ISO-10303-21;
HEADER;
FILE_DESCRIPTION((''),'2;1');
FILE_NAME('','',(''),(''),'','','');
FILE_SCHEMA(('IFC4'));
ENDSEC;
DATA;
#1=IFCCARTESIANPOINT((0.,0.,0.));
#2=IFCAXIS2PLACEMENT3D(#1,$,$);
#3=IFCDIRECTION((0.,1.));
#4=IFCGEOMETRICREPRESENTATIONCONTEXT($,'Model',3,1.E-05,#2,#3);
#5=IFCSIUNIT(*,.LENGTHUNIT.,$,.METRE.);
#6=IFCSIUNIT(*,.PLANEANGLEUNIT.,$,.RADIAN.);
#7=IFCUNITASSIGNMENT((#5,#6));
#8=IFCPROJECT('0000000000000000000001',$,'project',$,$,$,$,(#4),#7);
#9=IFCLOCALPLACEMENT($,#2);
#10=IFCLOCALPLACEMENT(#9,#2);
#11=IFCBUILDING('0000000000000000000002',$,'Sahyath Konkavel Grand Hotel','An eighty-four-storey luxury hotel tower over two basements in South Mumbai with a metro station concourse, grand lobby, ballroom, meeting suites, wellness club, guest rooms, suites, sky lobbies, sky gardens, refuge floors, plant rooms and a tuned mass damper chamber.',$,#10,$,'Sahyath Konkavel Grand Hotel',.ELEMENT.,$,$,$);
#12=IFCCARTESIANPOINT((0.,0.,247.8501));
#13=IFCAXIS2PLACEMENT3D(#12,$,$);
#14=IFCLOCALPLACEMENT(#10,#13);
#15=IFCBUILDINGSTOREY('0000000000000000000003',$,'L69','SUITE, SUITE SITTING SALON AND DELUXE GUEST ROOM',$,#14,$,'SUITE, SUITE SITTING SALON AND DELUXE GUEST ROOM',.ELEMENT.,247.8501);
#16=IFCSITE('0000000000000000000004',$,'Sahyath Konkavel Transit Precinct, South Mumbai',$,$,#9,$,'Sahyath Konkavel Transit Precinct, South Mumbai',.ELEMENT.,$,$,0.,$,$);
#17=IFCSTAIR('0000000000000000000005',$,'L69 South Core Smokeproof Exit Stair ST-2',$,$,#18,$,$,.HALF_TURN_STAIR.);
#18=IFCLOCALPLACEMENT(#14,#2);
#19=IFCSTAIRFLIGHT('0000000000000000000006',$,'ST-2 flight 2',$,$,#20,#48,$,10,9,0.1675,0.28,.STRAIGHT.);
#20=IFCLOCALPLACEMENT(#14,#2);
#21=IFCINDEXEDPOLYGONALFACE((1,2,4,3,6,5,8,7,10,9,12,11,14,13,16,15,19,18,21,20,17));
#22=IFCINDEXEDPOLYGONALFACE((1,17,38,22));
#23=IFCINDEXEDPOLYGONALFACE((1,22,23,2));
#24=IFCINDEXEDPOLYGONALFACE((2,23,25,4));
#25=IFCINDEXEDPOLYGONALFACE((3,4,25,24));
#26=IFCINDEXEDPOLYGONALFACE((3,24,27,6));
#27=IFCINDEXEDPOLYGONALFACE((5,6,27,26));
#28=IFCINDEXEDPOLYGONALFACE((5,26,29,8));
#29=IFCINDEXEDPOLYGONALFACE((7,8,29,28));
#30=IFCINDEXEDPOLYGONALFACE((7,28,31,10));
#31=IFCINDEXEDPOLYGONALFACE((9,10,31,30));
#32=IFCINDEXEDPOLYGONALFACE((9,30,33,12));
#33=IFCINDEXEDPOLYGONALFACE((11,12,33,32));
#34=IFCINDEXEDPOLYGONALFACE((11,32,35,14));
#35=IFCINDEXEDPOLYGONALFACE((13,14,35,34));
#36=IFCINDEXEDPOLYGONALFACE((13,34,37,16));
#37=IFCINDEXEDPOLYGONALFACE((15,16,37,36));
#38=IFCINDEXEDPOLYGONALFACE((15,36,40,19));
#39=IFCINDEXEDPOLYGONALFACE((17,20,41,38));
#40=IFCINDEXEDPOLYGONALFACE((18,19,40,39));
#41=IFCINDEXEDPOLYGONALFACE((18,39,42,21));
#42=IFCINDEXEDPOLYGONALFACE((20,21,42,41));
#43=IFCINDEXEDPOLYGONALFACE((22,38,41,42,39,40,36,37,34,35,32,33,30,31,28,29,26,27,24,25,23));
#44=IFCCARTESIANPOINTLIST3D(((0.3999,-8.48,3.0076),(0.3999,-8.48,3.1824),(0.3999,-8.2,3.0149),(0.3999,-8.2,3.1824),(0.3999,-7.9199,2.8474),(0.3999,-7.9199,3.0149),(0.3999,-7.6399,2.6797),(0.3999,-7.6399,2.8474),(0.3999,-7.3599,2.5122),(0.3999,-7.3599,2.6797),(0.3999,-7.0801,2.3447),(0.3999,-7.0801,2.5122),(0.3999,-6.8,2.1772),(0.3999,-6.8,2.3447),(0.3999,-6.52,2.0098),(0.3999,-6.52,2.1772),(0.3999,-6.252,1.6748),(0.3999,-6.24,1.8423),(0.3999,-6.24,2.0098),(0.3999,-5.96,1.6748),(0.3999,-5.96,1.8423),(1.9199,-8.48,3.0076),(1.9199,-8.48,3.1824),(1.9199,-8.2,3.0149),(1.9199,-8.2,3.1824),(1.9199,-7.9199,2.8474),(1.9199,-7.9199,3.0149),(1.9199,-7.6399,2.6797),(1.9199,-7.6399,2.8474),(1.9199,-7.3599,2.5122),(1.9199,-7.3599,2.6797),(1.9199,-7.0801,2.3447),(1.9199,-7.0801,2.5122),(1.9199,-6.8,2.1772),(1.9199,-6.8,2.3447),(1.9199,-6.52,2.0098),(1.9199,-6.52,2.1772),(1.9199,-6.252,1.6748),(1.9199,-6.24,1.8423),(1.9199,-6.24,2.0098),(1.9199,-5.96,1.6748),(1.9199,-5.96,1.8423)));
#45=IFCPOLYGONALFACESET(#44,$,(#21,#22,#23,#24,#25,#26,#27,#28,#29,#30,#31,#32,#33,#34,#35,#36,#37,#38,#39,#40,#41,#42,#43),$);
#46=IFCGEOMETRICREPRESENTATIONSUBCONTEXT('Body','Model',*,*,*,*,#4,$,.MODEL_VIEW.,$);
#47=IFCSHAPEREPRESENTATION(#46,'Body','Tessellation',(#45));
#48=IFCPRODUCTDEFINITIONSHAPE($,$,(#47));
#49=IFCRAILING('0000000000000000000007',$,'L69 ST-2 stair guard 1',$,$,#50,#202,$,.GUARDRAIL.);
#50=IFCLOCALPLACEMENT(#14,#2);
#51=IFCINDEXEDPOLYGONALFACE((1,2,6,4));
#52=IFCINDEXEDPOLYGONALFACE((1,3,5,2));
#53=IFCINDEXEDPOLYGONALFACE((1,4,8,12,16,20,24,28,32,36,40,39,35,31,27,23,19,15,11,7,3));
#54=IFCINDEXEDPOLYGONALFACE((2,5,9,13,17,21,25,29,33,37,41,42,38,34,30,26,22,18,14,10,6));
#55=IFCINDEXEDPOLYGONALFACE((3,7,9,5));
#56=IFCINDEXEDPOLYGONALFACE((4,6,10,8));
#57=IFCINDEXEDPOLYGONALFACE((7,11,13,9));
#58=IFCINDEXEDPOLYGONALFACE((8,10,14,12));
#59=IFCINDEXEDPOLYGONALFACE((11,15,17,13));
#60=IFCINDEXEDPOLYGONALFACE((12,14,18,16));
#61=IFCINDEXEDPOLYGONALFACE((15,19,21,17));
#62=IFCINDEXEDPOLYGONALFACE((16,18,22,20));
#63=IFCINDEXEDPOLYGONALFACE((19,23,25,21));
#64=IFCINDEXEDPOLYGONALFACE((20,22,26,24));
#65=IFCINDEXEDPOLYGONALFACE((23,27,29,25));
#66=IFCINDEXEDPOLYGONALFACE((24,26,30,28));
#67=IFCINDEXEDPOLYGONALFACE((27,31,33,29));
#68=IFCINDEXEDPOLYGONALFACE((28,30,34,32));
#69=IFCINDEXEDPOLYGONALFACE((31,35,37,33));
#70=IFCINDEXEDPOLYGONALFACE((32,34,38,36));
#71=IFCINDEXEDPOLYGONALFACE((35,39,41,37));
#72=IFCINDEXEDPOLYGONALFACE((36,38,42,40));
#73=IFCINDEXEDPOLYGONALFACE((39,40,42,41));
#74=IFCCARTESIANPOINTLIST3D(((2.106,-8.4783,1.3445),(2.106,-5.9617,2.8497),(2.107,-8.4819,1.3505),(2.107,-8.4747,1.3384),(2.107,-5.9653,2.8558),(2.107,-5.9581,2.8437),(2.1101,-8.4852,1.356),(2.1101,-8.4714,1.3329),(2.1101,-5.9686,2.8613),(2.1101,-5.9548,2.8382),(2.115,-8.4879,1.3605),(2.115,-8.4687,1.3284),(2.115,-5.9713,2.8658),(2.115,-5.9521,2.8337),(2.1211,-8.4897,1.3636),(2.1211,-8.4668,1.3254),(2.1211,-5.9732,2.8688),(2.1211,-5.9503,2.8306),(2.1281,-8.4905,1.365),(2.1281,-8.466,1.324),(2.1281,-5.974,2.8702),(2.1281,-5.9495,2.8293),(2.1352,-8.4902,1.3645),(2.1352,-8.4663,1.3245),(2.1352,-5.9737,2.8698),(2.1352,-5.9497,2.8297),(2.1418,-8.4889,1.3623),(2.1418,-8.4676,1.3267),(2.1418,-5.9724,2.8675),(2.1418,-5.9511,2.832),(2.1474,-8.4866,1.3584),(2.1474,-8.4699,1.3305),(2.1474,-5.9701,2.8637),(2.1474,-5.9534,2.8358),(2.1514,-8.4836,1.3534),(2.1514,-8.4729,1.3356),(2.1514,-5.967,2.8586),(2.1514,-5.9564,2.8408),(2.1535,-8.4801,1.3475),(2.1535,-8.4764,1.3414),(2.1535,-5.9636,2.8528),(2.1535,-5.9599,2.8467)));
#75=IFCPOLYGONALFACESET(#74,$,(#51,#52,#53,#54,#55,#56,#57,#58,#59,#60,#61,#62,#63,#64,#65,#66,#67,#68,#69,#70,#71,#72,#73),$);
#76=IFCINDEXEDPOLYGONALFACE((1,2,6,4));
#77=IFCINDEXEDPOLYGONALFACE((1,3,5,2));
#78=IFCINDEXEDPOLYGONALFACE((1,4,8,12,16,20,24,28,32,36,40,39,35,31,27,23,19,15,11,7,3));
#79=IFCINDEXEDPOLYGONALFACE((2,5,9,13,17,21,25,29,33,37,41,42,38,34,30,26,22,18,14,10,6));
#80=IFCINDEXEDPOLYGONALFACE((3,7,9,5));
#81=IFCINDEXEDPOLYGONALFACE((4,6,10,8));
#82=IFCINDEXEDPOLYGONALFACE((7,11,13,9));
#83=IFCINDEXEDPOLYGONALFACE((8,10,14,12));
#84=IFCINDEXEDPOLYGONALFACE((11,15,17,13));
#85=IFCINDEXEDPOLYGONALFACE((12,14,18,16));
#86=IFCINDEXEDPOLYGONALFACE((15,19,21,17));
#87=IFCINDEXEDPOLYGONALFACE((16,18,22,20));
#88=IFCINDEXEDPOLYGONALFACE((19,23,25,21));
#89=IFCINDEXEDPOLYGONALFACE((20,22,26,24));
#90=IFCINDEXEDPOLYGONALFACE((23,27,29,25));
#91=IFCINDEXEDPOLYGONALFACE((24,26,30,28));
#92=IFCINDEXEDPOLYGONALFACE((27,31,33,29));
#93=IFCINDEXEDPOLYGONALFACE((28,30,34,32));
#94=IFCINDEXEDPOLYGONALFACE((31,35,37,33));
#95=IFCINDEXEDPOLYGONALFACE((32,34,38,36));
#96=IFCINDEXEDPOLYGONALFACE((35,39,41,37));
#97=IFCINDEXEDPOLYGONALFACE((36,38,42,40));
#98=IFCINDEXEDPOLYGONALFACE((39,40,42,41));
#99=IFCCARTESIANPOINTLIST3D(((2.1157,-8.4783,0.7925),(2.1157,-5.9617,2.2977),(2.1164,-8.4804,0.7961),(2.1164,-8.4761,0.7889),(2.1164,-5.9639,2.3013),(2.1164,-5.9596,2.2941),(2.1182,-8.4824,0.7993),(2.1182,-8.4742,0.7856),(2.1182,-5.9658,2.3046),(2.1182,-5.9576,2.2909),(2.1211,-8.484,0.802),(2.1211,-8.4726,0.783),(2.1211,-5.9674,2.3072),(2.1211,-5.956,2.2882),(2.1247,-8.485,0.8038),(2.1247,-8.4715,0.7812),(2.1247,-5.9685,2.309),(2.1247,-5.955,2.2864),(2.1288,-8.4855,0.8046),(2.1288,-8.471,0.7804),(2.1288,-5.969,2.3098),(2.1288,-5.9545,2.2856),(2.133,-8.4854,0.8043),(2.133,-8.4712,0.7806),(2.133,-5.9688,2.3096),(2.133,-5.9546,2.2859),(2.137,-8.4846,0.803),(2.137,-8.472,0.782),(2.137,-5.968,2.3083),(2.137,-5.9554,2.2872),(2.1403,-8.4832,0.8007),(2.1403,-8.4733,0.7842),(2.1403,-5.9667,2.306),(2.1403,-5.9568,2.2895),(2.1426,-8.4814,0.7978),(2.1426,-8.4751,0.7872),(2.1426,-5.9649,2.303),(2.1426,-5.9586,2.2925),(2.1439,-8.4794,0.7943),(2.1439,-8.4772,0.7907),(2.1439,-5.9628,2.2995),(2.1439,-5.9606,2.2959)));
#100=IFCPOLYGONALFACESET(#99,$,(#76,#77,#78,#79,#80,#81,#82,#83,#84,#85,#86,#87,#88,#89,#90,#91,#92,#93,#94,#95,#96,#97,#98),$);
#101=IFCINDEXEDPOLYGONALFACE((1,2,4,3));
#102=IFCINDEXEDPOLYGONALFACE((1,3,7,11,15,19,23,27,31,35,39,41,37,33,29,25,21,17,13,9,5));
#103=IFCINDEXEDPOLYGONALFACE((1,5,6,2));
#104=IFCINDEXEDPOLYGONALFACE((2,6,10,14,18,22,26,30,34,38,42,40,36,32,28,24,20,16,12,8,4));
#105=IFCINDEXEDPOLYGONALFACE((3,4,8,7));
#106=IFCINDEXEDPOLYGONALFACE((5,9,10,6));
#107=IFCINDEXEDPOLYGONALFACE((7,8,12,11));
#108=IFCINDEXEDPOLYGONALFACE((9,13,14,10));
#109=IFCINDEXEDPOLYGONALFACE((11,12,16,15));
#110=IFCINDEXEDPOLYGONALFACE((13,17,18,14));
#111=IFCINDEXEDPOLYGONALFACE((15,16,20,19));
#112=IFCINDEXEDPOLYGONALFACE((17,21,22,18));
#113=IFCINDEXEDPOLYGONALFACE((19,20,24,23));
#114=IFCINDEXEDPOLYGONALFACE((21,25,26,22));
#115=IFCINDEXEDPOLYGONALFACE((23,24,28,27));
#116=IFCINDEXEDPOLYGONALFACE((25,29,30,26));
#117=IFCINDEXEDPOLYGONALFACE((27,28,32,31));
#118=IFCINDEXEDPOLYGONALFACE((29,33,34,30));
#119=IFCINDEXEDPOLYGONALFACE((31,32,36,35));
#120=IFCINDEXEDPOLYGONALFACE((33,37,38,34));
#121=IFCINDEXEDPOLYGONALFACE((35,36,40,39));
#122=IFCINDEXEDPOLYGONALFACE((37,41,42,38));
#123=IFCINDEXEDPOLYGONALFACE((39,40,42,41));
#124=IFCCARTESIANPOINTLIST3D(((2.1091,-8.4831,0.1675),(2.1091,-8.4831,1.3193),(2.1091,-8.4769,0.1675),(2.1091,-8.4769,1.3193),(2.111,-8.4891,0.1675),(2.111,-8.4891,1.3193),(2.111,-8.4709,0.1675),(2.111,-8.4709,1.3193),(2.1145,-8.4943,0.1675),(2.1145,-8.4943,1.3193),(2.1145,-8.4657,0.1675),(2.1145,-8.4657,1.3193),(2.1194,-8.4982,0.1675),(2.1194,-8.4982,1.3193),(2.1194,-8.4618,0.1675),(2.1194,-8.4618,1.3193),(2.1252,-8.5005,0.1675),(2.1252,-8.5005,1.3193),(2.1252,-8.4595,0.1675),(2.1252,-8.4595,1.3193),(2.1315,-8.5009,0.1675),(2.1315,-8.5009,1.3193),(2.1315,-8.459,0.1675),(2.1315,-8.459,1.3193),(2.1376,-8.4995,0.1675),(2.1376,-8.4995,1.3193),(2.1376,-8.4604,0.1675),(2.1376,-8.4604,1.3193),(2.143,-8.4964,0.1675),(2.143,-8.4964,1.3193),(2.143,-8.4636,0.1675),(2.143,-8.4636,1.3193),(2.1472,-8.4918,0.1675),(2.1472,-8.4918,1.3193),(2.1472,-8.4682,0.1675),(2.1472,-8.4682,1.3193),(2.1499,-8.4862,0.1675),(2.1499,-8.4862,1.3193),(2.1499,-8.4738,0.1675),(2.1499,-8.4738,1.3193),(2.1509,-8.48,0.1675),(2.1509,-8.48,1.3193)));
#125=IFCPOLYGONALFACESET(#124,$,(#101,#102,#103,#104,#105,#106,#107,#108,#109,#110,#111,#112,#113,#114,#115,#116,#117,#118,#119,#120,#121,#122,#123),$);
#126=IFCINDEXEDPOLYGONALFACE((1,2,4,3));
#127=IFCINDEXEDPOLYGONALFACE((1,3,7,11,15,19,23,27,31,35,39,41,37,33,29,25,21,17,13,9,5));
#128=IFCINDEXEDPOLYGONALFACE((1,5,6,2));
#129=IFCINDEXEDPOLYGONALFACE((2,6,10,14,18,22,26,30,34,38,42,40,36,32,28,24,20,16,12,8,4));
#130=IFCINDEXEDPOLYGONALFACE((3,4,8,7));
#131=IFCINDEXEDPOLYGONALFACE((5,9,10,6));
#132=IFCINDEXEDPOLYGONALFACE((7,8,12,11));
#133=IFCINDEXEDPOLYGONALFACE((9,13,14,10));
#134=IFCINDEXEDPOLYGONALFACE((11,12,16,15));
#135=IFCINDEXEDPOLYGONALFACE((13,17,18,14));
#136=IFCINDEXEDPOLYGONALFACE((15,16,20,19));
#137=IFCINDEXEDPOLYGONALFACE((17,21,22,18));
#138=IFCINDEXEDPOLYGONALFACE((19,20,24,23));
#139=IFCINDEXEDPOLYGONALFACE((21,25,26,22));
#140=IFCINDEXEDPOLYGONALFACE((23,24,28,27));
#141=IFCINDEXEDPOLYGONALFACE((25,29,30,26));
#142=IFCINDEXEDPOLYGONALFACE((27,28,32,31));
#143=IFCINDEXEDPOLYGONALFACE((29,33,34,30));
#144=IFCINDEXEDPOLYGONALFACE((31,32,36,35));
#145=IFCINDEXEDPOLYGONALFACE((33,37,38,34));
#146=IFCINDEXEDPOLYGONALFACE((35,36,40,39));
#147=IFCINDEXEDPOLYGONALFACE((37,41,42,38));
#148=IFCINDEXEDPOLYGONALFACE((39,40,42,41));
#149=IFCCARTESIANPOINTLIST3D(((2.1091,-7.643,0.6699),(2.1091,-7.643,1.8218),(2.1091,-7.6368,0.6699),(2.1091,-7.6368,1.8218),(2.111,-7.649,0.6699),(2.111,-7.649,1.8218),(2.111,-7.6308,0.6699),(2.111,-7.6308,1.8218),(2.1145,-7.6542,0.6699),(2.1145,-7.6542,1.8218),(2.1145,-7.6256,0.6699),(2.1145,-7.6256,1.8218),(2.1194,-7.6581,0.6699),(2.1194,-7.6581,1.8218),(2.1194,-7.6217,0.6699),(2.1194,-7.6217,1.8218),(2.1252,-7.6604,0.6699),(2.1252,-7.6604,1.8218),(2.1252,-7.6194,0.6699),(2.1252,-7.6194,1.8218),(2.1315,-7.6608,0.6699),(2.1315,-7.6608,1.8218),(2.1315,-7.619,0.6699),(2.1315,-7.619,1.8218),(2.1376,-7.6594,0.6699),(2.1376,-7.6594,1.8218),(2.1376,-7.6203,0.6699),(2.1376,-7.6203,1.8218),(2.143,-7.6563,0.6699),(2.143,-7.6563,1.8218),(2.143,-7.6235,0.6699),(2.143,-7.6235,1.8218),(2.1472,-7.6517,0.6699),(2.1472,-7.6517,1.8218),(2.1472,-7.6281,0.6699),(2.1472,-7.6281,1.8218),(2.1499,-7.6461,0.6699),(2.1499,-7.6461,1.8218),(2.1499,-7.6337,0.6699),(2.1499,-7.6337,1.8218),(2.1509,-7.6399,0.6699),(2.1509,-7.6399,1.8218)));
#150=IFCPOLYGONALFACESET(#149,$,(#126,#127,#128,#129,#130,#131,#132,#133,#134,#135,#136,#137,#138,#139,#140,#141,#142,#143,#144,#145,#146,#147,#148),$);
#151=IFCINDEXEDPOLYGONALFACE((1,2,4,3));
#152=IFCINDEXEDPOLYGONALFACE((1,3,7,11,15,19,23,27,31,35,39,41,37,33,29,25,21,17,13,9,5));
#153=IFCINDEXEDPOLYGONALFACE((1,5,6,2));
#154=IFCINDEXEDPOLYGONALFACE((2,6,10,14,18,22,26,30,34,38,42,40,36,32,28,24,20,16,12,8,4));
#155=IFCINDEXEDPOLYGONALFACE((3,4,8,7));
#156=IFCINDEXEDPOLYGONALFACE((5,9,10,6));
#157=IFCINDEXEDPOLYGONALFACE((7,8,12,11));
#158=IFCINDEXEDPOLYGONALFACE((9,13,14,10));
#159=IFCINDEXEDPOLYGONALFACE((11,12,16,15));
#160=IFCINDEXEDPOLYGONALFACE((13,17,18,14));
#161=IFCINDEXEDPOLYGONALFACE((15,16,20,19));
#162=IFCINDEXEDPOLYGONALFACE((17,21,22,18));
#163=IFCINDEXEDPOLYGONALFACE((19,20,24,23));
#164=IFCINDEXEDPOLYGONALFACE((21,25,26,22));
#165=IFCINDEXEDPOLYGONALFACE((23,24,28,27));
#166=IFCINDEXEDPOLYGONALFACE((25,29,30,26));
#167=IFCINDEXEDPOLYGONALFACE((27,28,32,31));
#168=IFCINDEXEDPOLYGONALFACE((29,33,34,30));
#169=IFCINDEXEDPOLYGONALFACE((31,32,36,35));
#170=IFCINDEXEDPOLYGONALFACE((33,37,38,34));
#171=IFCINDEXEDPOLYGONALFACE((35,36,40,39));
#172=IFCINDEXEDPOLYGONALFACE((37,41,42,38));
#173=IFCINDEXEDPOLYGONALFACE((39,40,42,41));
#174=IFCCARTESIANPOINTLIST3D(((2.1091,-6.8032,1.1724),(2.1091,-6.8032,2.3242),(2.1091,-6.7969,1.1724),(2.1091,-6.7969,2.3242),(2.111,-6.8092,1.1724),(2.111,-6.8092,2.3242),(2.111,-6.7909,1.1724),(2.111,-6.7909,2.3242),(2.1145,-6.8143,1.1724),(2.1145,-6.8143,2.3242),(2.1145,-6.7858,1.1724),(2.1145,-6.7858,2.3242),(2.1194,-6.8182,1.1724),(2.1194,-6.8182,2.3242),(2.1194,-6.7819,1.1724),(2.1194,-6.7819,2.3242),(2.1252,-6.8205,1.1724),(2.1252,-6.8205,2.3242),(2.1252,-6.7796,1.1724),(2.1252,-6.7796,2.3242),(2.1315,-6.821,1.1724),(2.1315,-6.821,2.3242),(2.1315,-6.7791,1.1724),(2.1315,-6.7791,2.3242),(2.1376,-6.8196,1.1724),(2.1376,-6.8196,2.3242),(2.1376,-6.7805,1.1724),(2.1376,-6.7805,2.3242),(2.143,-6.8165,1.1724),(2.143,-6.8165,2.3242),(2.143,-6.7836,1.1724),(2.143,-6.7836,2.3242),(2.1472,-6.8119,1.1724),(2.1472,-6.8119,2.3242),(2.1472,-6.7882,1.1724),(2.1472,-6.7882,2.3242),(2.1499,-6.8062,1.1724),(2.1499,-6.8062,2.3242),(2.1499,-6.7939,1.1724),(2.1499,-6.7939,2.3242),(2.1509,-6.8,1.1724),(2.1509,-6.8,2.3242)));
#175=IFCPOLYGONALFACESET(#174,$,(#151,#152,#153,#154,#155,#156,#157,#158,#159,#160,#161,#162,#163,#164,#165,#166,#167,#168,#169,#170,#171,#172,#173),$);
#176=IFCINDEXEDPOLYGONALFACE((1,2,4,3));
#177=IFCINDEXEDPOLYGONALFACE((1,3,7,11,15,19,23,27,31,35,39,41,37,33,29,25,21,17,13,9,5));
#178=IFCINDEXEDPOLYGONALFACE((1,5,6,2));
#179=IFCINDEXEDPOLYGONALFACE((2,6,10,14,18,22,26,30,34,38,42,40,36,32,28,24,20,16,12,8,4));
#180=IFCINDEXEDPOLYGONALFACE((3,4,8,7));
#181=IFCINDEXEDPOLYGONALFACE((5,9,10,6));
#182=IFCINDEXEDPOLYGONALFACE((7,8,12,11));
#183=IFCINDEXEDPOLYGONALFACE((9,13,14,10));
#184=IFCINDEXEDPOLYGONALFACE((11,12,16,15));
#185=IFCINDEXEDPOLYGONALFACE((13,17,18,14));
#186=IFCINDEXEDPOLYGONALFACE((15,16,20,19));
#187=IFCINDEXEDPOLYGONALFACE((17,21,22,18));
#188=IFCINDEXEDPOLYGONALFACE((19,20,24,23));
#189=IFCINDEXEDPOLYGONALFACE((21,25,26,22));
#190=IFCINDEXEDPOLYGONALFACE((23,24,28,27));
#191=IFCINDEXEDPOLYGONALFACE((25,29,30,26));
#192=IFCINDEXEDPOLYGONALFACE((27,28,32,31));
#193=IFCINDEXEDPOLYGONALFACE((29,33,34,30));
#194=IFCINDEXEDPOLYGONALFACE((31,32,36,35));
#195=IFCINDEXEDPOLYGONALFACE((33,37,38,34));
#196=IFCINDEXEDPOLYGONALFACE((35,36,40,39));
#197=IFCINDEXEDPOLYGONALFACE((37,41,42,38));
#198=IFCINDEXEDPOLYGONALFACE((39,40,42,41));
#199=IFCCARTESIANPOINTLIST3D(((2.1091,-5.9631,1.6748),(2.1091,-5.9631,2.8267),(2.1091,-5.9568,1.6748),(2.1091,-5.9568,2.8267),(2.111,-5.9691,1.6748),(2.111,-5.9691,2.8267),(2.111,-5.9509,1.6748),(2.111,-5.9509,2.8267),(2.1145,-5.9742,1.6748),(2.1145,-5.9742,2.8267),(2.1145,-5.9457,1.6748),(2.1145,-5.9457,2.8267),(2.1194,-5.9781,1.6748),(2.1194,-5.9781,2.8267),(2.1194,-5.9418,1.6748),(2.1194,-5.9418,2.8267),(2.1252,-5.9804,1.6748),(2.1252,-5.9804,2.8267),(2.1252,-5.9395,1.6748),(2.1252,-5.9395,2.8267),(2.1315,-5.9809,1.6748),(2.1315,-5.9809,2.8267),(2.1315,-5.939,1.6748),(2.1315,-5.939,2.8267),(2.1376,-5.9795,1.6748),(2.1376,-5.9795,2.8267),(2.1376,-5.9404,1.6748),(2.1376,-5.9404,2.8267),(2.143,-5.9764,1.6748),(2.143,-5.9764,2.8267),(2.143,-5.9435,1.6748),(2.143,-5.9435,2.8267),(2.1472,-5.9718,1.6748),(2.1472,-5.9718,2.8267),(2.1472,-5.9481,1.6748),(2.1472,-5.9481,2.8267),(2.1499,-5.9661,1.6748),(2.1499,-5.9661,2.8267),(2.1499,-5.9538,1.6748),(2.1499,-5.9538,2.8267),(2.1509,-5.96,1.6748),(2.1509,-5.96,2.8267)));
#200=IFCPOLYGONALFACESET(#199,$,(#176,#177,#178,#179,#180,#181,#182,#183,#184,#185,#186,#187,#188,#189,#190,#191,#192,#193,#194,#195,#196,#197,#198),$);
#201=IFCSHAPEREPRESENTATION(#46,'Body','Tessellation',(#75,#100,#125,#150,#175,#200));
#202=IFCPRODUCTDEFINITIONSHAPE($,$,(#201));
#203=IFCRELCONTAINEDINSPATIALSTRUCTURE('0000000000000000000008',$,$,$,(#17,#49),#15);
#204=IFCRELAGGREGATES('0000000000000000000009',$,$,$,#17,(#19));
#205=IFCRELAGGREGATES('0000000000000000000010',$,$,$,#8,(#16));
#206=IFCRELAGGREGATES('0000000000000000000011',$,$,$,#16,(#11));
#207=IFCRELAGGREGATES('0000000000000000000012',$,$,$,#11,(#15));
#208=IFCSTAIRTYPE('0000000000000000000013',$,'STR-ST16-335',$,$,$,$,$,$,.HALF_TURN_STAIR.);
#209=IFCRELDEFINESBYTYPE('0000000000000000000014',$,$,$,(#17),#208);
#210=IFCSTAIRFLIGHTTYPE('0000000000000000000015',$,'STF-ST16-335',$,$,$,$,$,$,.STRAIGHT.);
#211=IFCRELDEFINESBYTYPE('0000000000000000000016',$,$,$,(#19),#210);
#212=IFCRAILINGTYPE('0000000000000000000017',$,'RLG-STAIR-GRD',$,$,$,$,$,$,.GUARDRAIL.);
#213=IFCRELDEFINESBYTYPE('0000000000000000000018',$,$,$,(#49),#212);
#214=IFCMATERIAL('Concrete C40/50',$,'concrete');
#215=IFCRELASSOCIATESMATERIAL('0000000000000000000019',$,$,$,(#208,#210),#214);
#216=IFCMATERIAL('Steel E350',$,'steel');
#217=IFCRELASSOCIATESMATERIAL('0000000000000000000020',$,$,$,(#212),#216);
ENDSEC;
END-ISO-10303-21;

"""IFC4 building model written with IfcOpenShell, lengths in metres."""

from ifc_helpers import new_model, si_unit, direction, frame, origin, origin_2d, place, context, subcontext, project, spatial, polyline, circle, outline, extrude, material, type_object, element, aggregate, save


model = new_model("IFC4")

# Units and contexts
model_context = context("Model", 3, precision=1e-05, world=origin(), true_north=direction((0.0, 1.0)))
body_context = subcontext(model_context, "Body", "Model", "MODEL_VIEW")
ifc_project = project(units=[si_unit("LENGTHUNIT", "METRE"), si_unit("PLANEANGLEUNIT", "RADIAN")], contexts=[model_context])

# Site, building, storey
site_placement = place(None, origin())
site = spatial("IfcSite", under=ifc_project, at=site_placement, Name="Sahyath Konkavel Transit Precinct, South Mumbai", LongName="Sahyath Konkavel Transit Precinct, South Mumbai", CompositionType="ELEMENT", RefElevation=0.0)
building_placement = place(site_placement, origin())
building = spatial("IfcBuilding", under=site, at=building_placement, Name="Sahyath Konkavel Grand Hotel", Description="An eighty-four-storey luxury hotel tower over two basements in South Mumbai with a metro station concourse, grand lobby, ballroom, meeting suites, wellness club, guest rooms, suites, sky lobbies, sky gardens, refuge floors, plant rooms and a tuned mass damper chamber.", LongName="Sahyath Konkavel Grand Hotel", CompositionType="ELEMENT")
storey_placement = place(building_placement, frame((0.0, 0.0, 247.8501)))
storey = spatial("IfcBuildingStorey", under=building, at=storey_placement, Name="L69", Description="SUITE, SUITE SITTING SALON AND DELUXE GUEST ROOM", LongName="SUITE, SUITE SITTING SALON AND DELUXE GUEST ROOM", CompositionType="ELEMENT", Elevation=247.8501)

# Shared definitions
ifc_material_1 = material(Name="Concrete C40/50", Category="concrete")

# Shared definitions
ifc_material_2 = material(Name="Steel E350", Category="steel")

# Stair, stair flight
stair_type = type_object("IfcStairType", Name="STR-ST16-335", PredefinedType="HALF_TURN_STAIR", material=ifc_material_1)
stair_placement = place(storey_placement, origin())
stair = element("IfcStair", 1, at=stair_placement, inside=storey, type_object=stair_type, Name="L69 South Core Smokeproof Exit Stair ST-2", PredefinedType="HALF_TURN_STAIR")
stair_flight_type = type_object("IfcStairFlightType", Name="STF-ST16-335", PredefinedType="STRAIGHT", material=ifc_material_1)
stair_flight_1_placement = place(storey_placement, frame((1.1599, -5.96, 1.6748), z_axis=(0.0, 0.0, 1.0), x_axis=(0.0, -1.0, 0.0)))
stair_flight_1 = element("IfcStairFlight", 2, at=stair_flight_1_placement, type_object=stair_flight_type, Name="ST-2 flight 2", NumberOfRisers=10, NumberOfTreads=9, PredefinedType="STRAIGHT", RiserHeight=0.1675, TreadLength=0.28, context=body_context, shape_type="SweptSolid", body=[
    extrude(outline(polyline([(0.0, 0.0), (0.0, 0.1675), (0.28, 0.1675), (0.28, 0.335), (0.5601, 0.335), (0.5601, 0.5024), (0.8401, 0.5024), (0.8401, 0.6699), (1.1201, 0.6699), (1.1201, 0.8374), (1.3999, 0.8374), (1.3999, 1.0049), (1.6799, 1.0049), (1.6799, 1.1726), (1.96, 1.1726), (1.96, 1.3401), (2.24, 1.3401), (2.24, 1.5076), (2.52, 1.5076), (2.52, 1.675), (2.52, 1.3328), (0.292, 0.0), (0.0, 0.0)])), frame((0.0, 0.76, 0.0), z_axis=(0.0, -1.0, 0.0), x_axis=(1.0, 0.0, 0.0)), (0.0, 0.0, 1.0), 1.52),
])
aggregate(stair, [stair_flight_1])

# Railing
railing_type_1 = type_object("IfcRailingType", Name="RLG-STAIR-GRD", PredefinedType="GUARDRAIL", material=ifc_material_2)
railing_1_placement = place(storey_placement, frame((2.1299, -8.48, 0.1675)))
element("IfcRailing", 3, at=railing_1_placement, inside=storey, type_object=railing_type_1, Name="L69 ST-2 stair guard 1", PredefinedType="GUARDRAIL", context=body_context, shape_type="SweptSolid", body=[
    extrude(circle(Radius=0.0239, at=origin_2d()), frame((0.0, 0.0017, 1.177), z_axis=(0.0, 0.858196, 0.513321), x_axis=(-1.0, 0.0, 0.0)), (0.0, 0.0, 1.0), 2.9324),
    extrude(circle(Radius=0.0142, at=origin_2d()), frame((0.0, 0.0017, 0.625), z_axis=(0.0, 0.858196, 0.513321), x_axis=(-1.0, 0.0, 0.0)), (0.0, 0.0, 1.0), 2.9324),
    extrude(circle(Radius=0.021, at=origin_2d()), origin(), (0.0, 0.0, 1.0), 1.1519),
    extrude(circle(Radius=0.021, at=origin_2d()), frame((0.0, 0.8401, 0.5024)), (0.0, 0.0, 1.0), 1.1519),
    extrude(circle(Radius=0.021, at=origin_2d()), frame((0.0, 1.6799, 1.0049)), (0.0, 0.0, 1.0), 1.1519),
    extrude(circle(Radius=0.021, at=origin_2d()), frame((0.0, 2.52, 1.5073)), (0.0, 0.0, 1.0), 1.1519),
])

save(model, "model.ifc")
